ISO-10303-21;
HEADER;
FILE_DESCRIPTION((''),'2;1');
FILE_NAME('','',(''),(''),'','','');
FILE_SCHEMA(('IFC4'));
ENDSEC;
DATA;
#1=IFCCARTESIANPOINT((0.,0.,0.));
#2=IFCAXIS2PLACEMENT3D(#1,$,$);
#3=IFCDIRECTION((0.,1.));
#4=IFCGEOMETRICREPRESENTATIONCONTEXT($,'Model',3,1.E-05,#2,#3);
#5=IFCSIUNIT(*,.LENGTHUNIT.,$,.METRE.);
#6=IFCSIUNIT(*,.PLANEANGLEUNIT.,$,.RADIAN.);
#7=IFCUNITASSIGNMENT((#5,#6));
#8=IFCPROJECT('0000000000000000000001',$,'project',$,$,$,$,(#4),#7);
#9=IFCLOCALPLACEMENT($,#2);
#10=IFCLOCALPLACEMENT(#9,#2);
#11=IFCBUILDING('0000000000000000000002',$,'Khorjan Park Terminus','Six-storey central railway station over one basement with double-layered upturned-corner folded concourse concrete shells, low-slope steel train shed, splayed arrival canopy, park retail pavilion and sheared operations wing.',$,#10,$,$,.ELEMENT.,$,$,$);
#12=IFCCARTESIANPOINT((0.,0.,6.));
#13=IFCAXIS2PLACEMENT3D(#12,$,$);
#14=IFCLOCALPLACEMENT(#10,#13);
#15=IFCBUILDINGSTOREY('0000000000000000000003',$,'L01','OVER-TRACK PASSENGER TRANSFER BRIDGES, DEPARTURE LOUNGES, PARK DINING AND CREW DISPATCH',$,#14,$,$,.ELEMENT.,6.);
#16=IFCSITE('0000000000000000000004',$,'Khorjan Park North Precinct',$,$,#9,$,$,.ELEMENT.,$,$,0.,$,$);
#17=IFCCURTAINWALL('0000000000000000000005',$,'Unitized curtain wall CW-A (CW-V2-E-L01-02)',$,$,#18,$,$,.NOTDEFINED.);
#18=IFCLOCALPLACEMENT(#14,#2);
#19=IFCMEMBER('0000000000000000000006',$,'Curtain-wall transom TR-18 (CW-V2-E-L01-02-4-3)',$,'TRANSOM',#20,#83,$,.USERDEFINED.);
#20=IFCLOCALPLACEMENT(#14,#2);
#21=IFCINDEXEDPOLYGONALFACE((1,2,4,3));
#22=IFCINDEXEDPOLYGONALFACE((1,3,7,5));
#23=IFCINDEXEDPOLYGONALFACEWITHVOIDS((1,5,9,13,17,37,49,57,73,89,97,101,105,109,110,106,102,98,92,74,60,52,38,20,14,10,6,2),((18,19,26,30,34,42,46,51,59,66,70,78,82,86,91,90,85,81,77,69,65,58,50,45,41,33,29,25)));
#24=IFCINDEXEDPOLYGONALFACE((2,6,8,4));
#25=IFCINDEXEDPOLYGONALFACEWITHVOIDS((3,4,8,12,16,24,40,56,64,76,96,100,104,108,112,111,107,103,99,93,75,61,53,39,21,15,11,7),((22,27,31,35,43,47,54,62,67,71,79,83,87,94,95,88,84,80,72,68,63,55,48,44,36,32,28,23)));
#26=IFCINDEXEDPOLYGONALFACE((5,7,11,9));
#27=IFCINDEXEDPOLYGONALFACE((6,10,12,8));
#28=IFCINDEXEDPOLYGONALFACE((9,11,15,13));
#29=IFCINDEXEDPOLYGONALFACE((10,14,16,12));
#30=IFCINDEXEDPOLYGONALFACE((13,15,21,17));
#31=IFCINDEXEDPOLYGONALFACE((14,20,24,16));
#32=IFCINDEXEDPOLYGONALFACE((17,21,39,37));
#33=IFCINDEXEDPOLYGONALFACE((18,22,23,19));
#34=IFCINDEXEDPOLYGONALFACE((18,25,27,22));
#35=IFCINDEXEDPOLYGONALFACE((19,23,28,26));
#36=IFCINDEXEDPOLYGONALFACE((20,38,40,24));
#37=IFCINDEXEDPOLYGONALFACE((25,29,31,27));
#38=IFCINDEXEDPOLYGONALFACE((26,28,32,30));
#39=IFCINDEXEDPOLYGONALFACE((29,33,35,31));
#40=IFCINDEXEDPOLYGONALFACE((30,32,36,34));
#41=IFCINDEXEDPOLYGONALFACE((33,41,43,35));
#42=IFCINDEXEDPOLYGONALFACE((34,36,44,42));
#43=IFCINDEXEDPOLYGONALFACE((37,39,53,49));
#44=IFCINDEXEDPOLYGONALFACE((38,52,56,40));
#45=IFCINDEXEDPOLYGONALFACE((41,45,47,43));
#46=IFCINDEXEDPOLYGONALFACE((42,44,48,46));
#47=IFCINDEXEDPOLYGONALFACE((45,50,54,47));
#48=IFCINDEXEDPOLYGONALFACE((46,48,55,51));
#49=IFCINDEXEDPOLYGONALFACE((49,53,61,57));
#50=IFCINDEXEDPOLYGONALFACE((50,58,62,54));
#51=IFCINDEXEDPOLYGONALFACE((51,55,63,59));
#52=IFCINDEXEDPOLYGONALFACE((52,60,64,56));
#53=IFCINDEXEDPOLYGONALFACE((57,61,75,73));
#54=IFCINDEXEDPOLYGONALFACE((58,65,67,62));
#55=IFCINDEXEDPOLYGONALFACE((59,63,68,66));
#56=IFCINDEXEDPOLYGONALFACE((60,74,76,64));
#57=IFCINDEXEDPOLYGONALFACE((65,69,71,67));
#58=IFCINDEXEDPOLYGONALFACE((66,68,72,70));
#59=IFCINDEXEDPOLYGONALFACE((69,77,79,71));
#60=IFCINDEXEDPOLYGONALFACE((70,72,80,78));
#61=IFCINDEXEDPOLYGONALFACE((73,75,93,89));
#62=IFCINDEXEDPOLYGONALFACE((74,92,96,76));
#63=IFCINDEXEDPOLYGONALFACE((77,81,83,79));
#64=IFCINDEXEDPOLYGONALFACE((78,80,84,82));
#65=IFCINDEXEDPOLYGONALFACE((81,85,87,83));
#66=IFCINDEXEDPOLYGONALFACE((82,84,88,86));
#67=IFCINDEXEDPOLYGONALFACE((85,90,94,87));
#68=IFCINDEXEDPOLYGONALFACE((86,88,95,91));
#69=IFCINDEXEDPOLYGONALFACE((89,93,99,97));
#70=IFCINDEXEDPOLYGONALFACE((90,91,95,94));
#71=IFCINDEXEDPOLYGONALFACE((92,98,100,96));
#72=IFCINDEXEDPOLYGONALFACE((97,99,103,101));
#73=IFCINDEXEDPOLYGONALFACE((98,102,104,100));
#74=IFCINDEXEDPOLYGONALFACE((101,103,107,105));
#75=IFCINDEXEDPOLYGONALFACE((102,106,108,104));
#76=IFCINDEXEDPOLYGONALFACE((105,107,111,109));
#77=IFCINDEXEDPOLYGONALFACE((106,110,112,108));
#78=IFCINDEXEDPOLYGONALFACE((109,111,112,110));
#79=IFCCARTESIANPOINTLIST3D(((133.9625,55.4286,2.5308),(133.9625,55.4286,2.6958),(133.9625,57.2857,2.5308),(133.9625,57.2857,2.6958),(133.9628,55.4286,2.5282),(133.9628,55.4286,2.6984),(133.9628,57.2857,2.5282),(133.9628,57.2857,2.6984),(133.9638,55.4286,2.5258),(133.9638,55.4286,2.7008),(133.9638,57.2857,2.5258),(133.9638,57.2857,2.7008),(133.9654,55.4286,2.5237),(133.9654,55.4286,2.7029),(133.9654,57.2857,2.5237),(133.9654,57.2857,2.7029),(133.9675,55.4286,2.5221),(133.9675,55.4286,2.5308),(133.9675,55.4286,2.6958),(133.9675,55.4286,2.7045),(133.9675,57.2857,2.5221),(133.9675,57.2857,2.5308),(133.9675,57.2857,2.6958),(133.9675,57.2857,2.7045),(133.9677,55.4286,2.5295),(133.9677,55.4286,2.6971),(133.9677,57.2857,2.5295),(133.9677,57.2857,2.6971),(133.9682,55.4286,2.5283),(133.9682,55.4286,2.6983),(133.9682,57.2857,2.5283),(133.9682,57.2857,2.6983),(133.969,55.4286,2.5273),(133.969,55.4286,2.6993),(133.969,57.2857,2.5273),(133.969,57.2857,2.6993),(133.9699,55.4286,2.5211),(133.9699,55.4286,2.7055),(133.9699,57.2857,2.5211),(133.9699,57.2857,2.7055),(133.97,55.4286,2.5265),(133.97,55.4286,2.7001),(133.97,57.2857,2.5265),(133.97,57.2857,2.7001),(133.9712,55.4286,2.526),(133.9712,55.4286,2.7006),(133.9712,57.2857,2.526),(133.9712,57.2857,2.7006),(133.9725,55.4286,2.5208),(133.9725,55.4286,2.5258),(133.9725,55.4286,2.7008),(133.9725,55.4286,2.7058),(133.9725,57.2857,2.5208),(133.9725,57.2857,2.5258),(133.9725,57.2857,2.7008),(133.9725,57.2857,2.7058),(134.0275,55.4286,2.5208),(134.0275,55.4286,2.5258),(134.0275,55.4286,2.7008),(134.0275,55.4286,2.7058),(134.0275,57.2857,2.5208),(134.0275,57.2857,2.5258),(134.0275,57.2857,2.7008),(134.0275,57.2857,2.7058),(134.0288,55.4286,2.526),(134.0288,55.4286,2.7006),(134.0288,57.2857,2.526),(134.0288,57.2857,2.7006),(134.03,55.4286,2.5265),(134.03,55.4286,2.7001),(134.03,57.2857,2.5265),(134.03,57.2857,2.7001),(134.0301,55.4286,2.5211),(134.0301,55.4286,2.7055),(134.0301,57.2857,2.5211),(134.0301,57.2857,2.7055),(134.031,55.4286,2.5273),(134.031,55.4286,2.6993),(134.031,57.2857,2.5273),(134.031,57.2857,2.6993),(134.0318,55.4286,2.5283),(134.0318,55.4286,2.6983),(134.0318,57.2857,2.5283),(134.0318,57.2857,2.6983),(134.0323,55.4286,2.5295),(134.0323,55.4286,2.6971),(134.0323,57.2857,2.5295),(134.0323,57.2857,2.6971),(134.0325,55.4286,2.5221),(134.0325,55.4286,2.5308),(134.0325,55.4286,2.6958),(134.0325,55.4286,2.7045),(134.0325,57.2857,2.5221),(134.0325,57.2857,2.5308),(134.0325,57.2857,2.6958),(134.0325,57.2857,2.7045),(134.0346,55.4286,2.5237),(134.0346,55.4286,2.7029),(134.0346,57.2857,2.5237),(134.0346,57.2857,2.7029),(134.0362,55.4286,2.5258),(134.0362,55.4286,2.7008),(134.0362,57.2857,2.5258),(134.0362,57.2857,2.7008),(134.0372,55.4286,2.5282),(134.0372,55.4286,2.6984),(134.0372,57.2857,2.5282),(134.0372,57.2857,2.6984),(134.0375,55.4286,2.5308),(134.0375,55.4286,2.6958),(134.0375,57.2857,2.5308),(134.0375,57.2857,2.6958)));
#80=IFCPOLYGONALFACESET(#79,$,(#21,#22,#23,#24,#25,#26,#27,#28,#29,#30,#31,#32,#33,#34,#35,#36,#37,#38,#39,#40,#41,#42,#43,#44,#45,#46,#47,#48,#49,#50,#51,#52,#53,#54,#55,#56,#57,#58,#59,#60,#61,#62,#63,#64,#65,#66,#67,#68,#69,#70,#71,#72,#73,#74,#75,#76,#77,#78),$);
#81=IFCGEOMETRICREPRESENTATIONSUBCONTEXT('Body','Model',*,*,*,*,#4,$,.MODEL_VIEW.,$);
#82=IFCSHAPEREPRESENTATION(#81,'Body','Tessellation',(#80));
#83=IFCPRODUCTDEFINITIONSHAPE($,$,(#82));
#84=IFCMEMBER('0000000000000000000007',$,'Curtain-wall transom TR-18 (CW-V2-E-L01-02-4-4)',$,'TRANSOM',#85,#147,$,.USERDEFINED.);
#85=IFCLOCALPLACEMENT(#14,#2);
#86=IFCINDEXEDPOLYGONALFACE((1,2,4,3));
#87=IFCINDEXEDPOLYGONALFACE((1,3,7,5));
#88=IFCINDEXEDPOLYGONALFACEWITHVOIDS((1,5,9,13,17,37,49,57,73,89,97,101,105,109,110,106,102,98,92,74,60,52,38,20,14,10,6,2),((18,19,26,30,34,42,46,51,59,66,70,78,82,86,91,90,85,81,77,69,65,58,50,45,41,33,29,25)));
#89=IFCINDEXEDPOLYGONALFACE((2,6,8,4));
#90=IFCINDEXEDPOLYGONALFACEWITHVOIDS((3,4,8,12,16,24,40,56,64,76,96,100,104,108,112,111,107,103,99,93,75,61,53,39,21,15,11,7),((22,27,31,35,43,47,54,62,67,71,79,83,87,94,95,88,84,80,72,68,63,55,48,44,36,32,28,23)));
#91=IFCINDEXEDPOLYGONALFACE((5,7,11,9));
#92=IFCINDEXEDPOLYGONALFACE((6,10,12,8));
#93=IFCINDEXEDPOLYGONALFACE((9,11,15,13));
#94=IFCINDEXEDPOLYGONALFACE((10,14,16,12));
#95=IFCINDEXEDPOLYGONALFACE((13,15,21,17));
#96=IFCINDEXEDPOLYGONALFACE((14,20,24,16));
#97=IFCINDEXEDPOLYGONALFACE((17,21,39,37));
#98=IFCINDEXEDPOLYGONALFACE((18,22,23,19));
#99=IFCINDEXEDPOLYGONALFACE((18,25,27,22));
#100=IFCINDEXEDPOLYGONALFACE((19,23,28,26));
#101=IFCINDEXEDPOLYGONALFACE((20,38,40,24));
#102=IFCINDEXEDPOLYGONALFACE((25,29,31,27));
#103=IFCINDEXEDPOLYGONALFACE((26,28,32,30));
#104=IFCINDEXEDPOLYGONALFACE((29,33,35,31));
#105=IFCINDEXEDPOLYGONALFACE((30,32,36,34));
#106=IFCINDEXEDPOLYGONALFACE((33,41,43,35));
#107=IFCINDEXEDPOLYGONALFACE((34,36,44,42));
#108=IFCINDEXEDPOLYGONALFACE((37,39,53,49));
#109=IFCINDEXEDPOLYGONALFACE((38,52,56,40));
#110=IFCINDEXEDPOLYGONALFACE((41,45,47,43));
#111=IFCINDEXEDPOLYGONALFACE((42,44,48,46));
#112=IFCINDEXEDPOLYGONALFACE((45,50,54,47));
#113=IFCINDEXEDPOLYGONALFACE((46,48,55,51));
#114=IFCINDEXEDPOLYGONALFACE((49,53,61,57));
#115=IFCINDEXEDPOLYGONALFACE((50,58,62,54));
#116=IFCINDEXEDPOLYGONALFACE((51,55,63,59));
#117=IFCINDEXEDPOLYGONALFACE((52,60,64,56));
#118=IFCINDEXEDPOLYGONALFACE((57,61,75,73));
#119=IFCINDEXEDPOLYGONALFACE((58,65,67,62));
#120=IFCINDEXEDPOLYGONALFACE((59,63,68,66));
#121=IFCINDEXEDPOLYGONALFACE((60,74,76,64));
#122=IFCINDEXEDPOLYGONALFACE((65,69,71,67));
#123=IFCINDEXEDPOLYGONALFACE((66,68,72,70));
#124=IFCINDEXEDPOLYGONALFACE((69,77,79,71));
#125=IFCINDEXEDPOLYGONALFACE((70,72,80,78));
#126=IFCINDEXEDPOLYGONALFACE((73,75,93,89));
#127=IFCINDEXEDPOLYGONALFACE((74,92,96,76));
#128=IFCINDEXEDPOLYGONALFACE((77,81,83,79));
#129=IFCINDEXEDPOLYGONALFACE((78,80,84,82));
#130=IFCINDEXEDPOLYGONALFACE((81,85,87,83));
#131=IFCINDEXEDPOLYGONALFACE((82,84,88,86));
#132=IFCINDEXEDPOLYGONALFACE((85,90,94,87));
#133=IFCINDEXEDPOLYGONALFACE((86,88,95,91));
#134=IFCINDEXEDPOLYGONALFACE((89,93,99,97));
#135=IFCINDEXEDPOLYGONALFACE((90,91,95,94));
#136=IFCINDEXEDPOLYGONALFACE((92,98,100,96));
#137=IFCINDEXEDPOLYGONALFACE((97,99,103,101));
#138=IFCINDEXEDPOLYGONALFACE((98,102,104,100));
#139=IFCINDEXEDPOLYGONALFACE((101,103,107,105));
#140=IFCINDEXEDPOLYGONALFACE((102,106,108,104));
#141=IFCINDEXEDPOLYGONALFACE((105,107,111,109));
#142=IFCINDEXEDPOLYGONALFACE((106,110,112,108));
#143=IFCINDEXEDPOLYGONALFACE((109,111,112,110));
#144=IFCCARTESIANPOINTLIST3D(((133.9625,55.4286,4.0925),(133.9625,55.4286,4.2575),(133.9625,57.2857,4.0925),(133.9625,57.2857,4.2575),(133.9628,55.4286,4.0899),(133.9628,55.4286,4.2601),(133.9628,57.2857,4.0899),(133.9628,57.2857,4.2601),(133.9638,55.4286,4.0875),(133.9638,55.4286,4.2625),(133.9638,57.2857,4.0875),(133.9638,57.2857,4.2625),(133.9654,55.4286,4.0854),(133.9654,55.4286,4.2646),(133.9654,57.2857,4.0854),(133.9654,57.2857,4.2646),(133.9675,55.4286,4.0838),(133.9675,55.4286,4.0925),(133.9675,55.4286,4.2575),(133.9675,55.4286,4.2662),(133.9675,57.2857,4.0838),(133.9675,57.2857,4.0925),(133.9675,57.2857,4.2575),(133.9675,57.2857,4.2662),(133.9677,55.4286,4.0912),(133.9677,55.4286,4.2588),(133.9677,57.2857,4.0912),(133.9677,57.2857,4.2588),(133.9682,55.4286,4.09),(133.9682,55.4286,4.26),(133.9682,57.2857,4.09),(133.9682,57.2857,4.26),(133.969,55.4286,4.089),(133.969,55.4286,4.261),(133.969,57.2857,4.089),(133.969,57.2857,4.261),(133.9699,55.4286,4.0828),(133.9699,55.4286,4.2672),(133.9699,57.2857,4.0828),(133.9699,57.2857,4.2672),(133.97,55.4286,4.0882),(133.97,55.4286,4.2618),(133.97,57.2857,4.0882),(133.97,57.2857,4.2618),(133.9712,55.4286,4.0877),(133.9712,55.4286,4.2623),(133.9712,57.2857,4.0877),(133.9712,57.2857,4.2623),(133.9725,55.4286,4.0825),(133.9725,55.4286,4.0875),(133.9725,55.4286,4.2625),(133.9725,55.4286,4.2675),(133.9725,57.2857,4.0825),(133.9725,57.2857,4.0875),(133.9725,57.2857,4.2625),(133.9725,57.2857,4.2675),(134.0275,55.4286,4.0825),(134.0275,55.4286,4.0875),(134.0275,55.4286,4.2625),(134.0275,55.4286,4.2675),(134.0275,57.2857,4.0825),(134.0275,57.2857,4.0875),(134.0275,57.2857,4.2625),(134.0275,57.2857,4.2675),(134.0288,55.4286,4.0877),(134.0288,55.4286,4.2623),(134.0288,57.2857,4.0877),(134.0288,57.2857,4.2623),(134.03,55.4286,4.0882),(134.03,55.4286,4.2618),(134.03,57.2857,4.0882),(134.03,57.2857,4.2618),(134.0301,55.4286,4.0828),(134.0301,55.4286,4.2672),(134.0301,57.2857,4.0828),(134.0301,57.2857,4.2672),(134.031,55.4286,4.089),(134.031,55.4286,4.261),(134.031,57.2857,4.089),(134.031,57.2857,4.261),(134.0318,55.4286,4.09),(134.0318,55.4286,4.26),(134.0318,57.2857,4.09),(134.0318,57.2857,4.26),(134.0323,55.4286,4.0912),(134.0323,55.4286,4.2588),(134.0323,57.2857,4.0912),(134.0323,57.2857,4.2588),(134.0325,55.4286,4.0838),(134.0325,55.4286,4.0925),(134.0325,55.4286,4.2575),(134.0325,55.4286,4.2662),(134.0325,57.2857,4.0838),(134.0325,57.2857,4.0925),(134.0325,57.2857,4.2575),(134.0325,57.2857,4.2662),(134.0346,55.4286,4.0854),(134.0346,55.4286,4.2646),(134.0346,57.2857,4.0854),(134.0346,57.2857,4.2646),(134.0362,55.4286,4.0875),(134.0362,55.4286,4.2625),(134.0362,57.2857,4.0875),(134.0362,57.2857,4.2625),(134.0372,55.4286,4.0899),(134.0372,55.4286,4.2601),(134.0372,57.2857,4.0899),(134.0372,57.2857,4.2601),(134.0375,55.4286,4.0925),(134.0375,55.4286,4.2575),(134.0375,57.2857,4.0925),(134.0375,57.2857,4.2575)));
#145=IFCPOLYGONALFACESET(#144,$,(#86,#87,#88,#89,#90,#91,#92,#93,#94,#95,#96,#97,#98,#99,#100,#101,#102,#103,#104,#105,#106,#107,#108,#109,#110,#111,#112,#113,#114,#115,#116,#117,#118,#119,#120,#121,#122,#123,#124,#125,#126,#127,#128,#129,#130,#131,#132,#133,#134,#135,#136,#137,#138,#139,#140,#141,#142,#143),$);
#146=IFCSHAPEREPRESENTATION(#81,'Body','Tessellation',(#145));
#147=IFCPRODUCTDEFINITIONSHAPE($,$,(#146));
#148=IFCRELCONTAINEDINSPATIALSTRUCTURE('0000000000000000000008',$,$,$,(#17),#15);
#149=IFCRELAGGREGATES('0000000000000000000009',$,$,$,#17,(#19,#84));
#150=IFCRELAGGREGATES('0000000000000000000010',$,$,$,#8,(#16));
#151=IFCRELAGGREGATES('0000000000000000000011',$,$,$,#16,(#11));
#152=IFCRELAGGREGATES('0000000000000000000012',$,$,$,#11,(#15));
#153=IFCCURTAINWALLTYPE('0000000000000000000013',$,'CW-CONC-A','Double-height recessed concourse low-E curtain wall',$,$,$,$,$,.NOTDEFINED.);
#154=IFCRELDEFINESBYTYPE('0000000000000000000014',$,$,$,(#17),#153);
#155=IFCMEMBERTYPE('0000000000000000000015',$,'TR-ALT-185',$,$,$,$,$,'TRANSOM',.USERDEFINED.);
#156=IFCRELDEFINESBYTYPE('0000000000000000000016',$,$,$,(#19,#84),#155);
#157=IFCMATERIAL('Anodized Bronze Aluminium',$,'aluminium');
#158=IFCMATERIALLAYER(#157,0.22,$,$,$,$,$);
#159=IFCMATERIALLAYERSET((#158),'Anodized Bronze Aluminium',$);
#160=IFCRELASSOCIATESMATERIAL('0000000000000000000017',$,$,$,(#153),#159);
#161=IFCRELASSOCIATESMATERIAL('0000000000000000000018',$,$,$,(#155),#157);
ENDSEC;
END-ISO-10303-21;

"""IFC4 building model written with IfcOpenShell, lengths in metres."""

from ifc_helpers import new_model, si_unit, direction, frame, origin, origin_2d, place, context, subcontext, project, spatial, hollow_rectangle, extrude, material, layer, layer_set, material_profile, profile_set, type_object, element, aggregate, save


model = new_model("IFC4")

# Units and contexts
model_context = context("Model", 3, precision=1e-05, world=origin(), true_north=direction((0.0, 1.0)))
body_context = subcontext(model_context, "Body", "Model", "MODEL_VIEW")
ifc_project = project(units=[si_unit("LENGTHUNIT", "METRE"), si_unit("PLANEANGLEUNIT", "RADIAN")], contexts=[model_context])

# Site, building, storey
site_placement = place(None, origin())
site = spatial("IfcSite", under=ifc_project, at=site_placement, Name="Khorjan Park North Precinct", CompositionType="ELEMENT", RefElevation=0.0)
building_placement = place(site_placement, origin())
building = spatial("IfcBuilding", under=site, at=building_placement, Name="Khorjan Park Terminus", Description="Six-storey central railway station over one basement with double-layered upturned-corner folded concourse concrete shells, low-slope steel train shed, splayed arrival canopy, park retail pavilion and sheared operations wing.", CompositionType="ELEMENT")
storey_placement = place(building_placement, frame((0.0, 0.0, 6.0)))
storey = spatial("IfcBuildingStorey", under=building, at=storey_placement, Name="L01", Description="OVER-TRACK PASSENGER TRANSFER BRIDGES, DEPARTURE LOUNGES, PARK DINING AND CREW DISPATCH", CompositionType="ELEMENT", Elevation=6.0)

# Curtain wall
ifc_material_1 = material(Name="Anodized Bronze Aluminium", Category="aluminium")
ifc_layer_1 = layer(ifc_material_1, 0.22)
ifc_layer_set_1 = layer_set([ifc_layer_1], Name="Anodized Bronze Aluminium")
curtain_wall_type = type_object("IfcCurtainWallType", Name="CW-CONC-A", Description="Double-height recessed concourse low-E curtain wall", PredefinedType="NOTDEFINED", material=ifc_layer_set_1)
curtain_wall_placement = place(storey_placement, origin())
curtain_wall = element("IfcCurtainWall", 1, at=curtain_wall_placement, inside=storey, type_object=curtain_wall_type, Name="Unitized curtain wall CW-A (CW-V2-E-L01-02)", PredefinedType="NOTDEFINED")

# Members
ifc_material_profile_1 = material_profile(ifc_material_1, hollow_rectangle(XDim=0.075, YDim=0.185, WallThickness=0.005, InnerFilletRadius=0.005, OuterFilletRadius=0.01, at=origin_2d()), Name="ALT 75x185x5")
ifc_profile_set_1 = profile_set([ifc_material_profile_1], Name="Anodized Bronze Aluminium")
member_type_1 = type_object("IfcMemberType", Name="TR-ALT-185", ElementType="TRANSOM", PredefinedType="USERDEFINED", material=ifc_profile_set_1)
member_1_placement = place(storey_placement, frame((134.0, 55.4286, 2.6133), z_axis=(0.0, 1.0, 0.0), x_axis=(-1.0, 0.0, 0.0)))
member_1 = element("IfcMember", 2, at=member_1_placement, type_object=member_type_1, Name="Curtain-wall transom TR-18 (CW-V2-E-L01-02-4-3)", ObjectType="TRANSOM", PredefinedType="USERDEFINED", context=body_context, shape_type="SweptSolid", body=[
    extrude(hollow_rectangle(XDim=0.075, YDim=0.185, WallThickness=0.005, InnerFilletRadius=0.005, OuterFilletRadius=0.01, at=origin_2d()), origin(), (0.0, 0.0, 1.0), 1.8571),
])
member_2_placement = place(storey_placement, frame((134.0, 55.4286, 4.175), z_axis=(0.0, 1.0, 0.0), x_axis=(-1.0, 0.0, 0.0)))
member_2 = element("IfcMember", 3, at=member_2_placement, type_object=member_type_1, Name="Curtain-wall transom TR-18 (CW-V2-E-L01-02-4-4)", ObjectType="TRANSOM", PredefinedType="USERDEFINED", context=body_context, shape_type="SweptSolid", body=[
    extrude(hollow_rectangle(XDim=0.075, YDim=0.185, WallThickness=0.005, InnerFilletRadius=0.005, OuterFilletRadius=0.01, at=origin_2d()), origin(), (0.0, 0.0, 1.0), 1.8571),
])

aggregate(curtain_wall, [member_1, member_2])

save(model, "model.ifc")
